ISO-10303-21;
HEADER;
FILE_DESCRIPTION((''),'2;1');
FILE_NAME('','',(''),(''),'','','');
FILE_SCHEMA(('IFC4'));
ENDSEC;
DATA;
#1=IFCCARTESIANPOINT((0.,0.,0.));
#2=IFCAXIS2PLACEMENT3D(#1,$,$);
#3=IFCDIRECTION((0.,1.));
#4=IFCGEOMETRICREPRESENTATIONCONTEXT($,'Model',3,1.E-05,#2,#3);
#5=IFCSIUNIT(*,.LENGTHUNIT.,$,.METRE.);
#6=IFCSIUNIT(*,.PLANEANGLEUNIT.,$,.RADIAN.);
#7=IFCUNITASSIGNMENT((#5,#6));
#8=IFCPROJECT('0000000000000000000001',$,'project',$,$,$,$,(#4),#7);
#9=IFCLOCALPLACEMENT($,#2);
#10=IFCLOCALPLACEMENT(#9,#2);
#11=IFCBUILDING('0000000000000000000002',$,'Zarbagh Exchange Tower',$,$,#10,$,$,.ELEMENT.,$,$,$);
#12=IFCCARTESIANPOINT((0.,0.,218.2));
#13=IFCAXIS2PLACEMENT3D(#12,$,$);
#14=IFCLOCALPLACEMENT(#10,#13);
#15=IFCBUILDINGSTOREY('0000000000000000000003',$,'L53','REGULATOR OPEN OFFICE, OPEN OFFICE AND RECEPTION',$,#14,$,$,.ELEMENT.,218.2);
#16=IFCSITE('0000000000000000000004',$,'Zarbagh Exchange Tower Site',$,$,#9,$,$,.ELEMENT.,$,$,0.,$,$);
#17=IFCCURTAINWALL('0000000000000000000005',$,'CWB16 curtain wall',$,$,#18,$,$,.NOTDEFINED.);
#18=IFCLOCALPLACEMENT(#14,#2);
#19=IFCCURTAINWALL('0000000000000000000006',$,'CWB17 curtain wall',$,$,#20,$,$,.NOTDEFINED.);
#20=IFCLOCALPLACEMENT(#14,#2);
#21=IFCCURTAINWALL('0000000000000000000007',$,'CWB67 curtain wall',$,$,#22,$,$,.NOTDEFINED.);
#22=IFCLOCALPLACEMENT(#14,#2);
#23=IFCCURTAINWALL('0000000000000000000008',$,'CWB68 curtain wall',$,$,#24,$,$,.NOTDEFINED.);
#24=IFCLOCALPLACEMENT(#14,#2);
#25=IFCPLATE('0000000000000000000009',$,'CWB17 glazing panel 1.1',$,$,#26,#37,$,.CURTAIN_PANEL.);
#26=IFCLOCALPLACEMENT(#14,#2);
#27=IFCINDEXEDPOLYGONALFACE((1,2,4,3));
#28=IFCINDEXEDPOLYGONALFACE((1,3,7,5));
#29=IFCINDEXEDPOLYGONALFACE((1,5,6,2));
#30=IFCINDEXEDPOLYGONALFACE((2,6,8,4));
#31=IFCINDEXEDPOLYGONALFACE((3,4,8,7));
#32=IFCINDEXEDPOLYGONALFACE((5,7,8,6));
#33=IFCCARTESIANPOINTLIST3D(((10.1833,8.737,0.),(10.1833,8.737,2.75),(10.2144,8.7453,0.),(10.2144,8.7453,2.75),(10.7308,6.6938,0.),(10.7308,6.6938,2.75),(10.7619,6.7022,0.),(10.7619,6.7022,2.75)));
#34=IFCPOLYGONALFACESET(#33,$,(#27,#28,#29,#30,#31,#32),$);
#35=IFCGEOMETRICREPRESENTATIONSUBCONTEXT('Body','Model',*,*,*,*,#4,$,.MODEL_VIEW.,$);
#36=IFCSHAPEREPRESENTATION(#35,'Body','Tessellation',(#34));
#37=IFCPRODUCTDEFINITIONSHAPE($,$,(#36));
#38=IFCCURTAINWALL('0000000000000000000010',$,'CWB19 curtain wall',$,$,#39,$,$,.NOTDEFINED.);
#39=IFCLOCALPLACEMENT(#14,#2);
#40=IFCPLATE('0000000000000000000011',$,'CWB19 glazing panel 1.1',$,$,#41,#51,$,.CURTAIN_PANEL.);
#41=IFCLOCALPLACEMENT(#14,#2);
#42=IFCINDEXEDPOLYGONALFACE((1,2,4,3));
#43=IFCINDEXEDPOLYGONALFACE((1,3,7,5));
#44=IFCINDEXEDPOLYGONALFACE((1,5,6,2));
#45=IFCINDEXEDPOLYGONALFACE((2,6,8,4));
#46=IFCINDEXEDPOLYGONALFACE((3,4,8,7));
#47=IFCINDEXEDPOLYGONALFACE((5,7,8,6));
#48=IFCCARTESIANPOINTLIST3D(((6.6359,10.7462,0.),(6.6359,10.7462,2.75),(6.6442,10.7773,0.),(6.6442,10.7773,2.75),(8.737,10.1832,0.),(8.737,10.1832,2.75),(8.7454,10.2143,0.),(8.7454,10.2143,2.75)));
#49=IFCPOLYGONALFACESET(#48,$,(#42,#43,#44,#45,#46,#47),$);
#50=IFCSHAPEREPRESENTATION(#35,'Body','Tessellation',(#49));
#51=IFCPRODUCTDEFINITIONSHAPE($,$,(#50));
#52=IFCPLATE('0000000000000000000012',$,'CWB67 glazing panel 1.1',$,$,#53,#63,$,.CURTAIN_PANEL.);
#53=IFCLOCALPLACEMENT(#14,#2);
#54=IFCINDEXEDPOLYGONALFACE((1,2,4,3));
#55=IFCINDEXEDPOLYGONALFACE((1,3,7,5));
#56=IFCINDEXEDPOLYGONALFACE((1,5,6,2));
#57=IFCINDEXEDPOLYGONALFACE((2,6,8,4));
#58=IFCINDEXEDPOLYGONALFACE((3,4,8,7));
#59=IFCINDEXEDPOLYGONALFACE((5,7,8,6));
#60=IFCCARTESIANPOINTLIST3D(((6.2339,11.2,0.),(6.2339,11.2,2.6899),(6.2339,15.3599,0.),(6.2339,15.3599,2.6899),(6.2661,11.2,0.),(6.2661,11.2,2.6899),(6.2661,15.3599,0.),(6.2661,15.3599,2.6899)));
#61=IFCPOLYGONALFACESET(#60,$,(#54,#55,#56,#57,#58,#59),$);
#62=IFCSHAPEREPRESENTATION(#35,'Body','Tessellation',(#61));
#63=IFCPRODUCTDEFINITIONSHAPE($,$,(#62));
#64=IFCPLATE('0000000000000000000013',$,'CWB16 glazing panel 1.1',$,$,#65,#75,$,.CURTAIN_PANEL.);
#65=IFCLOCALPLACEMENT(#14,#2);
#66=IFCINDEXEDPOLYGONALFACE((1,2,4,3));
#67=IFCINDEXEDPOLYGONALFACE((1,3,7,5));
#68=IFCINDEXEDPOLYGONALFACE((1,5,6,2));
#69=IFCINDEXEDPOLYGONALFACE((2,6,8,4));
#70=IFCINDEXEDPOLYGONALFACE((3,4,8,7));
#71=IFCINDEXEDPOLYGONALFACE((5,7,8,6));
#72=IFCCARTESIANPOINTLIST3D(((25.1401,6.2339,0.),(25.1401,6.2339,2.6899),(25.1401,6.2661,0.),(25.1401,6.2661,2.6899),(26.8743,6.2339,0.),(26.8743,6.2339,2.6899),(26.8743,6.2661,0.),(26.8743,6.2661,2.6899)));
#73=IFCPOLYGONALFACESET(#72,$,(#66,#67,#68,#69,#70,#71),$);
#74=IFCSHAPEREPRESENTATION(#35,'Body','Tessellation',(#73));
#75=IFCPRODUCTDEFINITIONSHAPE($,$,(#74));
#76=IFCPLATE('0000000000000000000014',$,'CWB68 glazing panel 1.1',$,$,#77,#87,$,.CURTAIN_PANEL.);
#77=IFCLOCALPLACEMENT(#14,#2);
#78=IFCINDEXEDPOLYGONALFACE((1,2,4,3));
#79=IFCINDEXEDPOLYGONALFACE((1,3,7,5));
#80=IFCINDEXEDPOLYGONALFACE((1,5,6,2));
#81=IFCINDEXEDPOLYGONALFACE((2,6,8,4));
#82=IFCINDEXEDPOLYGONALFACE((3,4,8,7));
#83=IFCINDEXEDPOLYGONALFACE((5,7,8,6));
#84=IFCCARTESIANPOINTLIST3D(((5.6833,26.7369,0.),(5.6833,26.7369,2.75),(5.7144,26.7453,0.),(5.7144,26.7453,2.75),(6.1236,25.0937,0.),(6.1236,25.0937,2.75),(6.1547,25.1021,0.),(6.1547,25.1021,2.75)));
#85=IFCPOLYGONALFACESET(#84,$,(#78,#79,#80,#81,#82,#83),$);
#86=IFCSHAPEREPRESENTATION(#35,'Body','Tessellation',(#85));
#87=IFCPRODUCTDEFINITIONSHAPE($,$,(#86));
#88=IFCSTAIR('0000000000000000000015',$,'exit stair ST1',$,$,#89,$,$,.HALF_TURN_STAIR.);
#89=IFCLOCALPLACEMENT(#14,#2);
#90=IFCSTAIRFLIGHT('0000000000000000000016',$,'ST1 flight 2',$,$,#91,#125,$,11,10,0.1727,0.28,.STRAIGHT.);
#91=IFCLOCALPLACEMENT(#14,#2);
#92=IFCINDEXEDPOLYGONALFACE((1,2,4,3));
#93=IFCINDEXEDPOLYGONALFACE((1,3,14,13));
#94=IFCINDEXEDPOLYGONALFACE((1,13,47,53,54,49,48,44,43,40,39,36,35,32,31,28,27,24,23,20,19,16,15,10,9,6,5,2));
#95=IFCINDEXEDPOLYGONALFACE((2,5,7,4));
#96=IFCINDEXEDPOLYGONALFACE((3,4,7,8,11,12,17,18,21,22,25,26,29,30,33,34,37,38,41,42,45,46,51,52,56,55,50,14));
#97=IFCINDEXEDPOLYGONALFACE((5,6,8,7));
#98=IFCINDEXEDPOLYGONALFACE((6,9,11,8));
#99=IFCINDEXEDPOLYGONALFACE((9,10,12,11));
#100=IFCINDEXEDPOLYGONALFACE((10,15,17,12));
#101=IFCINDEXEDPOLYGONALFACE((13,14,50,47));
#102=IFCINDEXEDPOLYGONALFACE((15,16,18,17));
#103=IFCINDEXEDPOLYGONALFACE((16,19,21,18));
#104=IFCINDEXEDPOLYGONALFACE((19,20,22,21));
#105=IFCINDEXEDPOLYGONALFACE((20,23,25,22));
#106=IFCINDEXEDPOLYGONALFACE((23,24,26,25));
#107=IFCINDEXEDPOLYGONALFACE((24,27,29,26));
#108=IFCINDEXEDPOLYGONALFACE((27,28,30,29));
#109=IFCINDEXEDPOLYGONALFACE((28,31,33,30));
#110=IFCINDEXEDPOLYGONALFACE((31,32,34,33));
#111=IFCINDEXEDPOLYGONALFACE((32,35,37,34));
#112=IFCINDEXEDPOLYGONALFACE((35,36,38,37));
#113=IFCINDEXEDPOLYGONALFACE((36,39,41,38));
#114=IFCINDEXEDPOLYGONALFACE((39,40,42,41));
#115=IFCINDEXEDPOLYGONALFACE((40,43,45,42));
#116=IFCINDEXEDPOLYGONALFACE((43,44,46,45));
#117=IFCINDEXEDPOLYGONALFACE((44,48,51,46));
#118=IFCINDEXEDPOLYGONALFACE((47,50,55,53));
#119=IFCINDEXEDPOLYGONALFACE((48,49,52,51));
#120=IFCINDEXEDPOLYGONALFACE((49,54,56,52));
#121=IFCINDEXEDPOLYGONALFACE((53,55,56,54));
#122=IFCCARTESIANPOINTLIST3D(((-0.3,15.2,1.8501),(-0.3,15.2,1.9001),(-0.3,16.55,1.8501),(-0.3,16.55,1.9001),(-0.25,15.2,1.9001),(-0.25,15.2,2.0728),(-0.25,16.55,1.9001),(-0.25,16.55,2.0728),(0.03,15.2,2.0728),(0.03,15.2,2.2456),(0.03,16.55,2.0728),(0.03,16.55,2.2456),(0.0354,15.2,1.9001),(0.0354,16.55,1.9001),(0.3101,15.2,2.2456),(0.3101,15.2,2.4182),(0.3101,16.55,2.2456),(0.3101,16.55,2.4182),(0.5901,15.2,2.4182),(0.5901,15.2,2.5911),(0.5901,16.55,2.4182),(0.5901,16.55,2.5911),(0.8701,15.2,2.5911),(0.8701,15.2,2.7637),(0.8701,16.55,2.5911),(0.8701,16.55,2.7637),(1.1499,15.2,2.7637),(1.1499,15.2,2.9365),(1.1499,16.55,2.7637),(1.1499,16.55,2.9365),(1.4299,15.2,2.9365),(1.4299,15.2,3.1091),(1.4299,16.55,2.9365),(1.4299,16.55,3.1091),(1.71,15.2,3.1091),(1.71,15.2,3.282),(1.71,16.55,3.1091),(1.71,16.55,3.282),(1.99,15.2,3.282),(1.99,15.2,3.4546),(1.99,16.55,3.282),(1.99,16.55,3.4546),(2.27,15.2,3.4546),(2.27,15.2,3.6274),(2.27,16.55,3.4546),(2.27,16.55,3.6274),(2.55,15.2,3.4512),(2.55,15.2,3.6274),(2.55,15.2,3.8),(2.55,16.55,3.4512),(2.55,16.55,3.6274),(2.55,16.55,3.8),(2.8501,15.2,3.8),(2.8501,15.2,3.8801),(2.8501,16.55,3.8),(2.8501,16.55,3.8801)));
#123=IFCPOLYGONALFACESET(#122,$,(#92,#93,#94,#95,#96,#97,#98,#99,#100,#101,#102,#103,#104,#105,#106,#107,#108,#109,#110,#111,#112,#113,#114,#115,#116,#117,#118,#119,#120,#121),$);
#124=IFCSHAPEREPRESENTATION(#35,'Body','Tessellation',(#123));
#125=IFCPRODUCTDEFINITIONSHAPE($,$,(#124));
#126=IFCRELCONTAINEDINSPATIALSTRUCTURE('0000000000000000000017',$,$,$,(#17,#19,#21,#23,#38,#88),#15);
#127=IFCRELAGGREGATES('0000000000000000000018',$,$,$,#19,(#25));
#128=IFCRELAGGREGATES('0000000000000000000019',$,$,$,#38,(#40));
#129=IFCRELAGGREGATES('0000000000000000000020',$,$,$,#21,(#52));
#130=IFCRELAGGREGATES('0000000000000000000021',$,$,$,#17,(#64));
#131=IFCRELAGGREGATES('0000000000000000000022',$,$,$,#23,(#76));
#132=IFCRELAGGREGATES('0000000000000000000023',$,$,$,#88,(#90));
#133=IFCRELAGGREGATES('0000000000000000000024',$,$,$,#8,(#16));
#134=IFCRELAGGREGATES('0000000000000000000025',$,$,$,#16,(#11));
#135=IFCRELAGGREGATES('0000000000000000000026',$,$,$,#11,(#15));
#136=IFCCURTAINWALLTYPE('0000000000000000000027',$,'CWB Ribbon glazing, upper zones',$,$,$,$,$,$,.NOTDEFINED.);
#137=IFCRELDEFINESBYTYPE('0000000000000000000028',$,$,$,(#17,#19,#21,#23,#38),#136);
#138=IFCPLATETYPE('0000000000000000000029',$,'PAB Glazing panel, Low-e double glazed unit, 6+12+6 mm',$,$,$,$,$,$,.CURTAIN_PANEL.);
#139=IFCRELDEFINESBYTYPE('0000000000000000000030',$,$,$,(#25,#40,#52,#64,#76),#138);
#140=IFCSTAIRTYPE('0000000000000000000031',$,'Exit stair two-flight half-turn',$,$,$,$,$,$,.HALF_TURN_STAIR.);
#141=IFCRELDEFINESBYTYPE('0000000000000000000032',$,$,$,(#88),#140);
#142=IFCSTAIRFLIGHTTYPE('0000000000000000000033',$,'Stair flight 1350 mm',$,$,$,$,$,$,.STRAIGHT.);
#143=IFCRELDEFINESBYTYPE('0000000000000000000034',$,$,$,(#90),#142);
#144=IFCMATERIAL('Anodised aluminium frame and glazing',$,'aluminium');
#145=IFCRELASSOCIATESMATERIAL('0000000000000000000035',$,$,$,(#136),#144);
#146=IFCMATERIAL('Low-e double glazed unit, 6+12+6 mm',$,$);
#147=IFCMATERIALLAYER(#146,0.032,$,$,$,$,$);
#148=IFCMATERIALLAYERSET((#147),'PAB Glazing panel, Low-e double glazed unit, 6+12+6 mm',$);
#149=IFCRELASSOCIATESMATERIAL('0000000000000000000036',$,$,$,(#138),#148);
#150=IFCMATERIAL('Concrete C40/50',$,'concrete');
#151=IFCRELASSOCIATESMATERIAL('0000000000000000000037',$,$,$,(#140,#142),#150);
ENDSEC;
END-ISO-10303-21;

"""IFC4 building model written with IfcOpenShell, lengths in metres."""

from ifc_helpers import new_model, si_unit, direction, frame, origin, place, context, subcontext, project, spatial, polyline, outline, extrude, source, transform, mapped, material, layer, layer_set, type_object, element, aggregate, save


model = new_model("IFC4")

# Units and contexts
model_context = context("Model", 3, precision=1e-05, world=origin(), true_north=direction((0.0, 1.0)))
body_context = subcontext(model_context, "Body", "Model", "MODEL_VIEW")
ifc_project = project(units=[si_unit("LENGTHUNIT", "METRE"), si_unit("PLANEANGLEUNIT", "RADIAN")], contexts=[model_context])

# Site, building, storey
site_placement = place(None, origin())
site = spatial("IfcSite", under=ifc_project, at=site_placement, Name="Zarbagh Exchange Tower Site", CompositionType="ELEMENT", RefElevation=0.0)
building_placement = place(site_placement, origin())
building = spatial("IfcBuilding", under=site, at=building_placement, Name="Zarbagh Exchange Tower", CompositionType="ELEMENT")
storey_placement = place(building_placement, frame((0.0, 0.0, 218.2)))
storey = spatial("IfcBuildingStorey", under=building, at=storey_placement, Name="L53", Description="REGULATOR OPEN OFFICE, OPEN OFFICE AND RECEPTION", CompositionType="ELEMENT", Elevation=218.2)

# Curtain wall
ifc_material_1 = material(Name="Anodised aluminium frame and glazing", Category="aluminium")
curtain_wall_type = type_object("IfcCurtainWallType", Name="CWB Ribbon glazing, upper zones", PredefinedType="NOTDEFINED", material=ifc_material_1)
curtain_wall_1_placement = place(storey_placement, origin())
curtain_wall_1 = element("IfcCurtainWall", 1, at=curtain_wall_1_placement, inside=storey, type_object=curtain_wall_type, Name="CWB16 curtain wall", PredefinedType="NOTDEFINED")
placement = place(storey_placement, origin())

# Curtain wall
curtain_wall_2_placement = place(storey_placement, origin())
curtain_wall_2 = element("IfcCurtainWall", 2, at=curtain_wall_2_placement, inside=storey, type_object=curtain_wall_type, Name="CWB17 curtain wall", PredefinedType="NOTDEFINED")

# Curtain wall
curtain_wall_3_placement = place(storey_placement, origin())
curtain_wall_3 = element("IfcCurtainWall", 3, at=curtain_wall_3_placement, inside=storey, type_object=curtain_wall_type, Name="CWB67 curtain wall", PredefinedType="NOTDEFINED")

# Curtain wall
curtain_wall_4_placement = place(storey_placement, origin())
curtain_wall_4 = element("IfcCurtainWall", 4, at=curtain_wall_4_placement, inside=storey, type_object=curtain_wall_type, Name="CWB68 curtain wall", PredefinedType="NOTDEFINED")

# Shared definitions
ifc_material_2 = material(Name="Low-e double glazed unit, 6+12+6 mm")
ifc_layer = layer(ifc_material_2, 0.032)
ifc_layer_set = layer_set([ifc_layer], Name="PAB Glazing panel, Low-e double glazed unit, 6+12+6 mm")
plate_type = type_object("IfcPlateType", Name="PAB Glazing panel, Low-e double glazed unit, 6+12+6 mm", PredefinedType="CURTAIN_PANEL", material=ifc_layer_set)

# Plate
shared_shape_1 = source(origin(), body_context, "Body", "SweptSolid", [
    extrude(outline(polyline([(0.0, -0.0161), (2.1152, -0.0161), (2.1152, 0.0161), (0.0, 0.0161), (0.0, -0.0161)])), origin(), (0.0, 0.0, 1.0), 2.75),
])
plate_1 = element("IfcPlate", 5, at=placement, type_object=plate_type, Name="CWB17 glazing panel 1.1", PredefinedType="CURTAIN_PANEL", context=body_context, shape_type="MappedRepresentation", body=[
    mapped(shared_shape_1, transform((10.7463, 6.698, 0.0), x_axis=(-0.258825, 0.965924, 0.0), y_axis=(-0.965924, -0.258825, 0.0), z_axis=(0.0, 0.0, 1.0))),
])
aggregate(curtain_wall_2, [plate_1])

# Curtain wall, plate
curtain_wall_5_placement = place(storey_placement, origin())
curtain_wall_5 = element("IfcCurtainWall", 6, at=curtain_wall_5_placement, inside=storey, type_object=curtain_wall_type, Name="CWB19 curtain wall", PredefinedType="NOTDEFINED")
shared_shape_2 = source(origin(), body_context, "Body", "SweptSolid", [
    extrude(outline(polyline([(0.0, -0.0161), (2.1753, -0.0161), (2.1753, 0.0161), (0.0, 0.0161), (0.0, -0.0161)])), origin(), (0.0, 0.0, 1.0), 2.75),
])
plate_2 = element("IfcPlate", 7, at=placement, type_object=plate_type, Name="CWB19 glazing panel 1.1", PredefinedType="CURTAIN_PANEL", context=body_context, shape_type="MappedRepresentation", body=[
    mapped(shared_shape_2, transform((8.7412, 10.1987, 0.0), x_axis=(-0.965924, 0.258825, 0.0), y_axis=(-0.258825, -0.965924, 0.0), z_axis=(0.0, 0.0, 1.0))),
])
aggregate(curtain_wall_5, [plate_2])

# Plates
shared_shape_3 = source(origin(), body_context, "Body", "SweptSolid", [
    extrude(outline(polyline([(0.0, -0.0161), (4.1599, -0.0161), (4.1599, 0.0161), (0.0, 0.0161), (0.0, -0.0161)])), origin(), (0.0, 0.0, 1.0), 2.6899),
])
plate_3 = element("IfcPlate", 8, at=placement, type_object=plate_type, Name="CWB67 glazing panel 1.1", PredefinedType="CURTAIN_PANEL", context=body_context, shape_type="MappedRepresentation", body=[
    mapped(shared_shape_3, transform((6.25, 11.2, 0.0), x_axis=(0.0, 1.0, 0.0), y_axis=(-1.0, 0.0, 0.0), z_axis=(0.0, 0.0, 1.0))),
])
aggregate(curtain_wall_3, [plate_3])
shared_shape_4 = source(origin(), body_context, "Body", "SweptSolid", [
    extrude(outline(polyline([(0.0, -0.0161), (1.7341, -0.0161), (1.7341, 0.0161), (0.0, 0.0161), (0.0, -0.0161)])), origin(), (0.0, 0.0, 1.0), 2.6899),
])
plate_4 = element("IfcPlate", 9, at=placement, type_object=plate_type, Name="CWB16 glazing panel 1.1", PredefinedType="CURTAIN_PANEL", context=body_context, shape_type="MappedRepresentation", body=[
    mapped(shared_shape_4, transform((26.8743, 6.25, 0.0), x_axis=(-1.0, 0.0, 0.0), y_axis=(0.0, -1.0, 0.0), z_axis=(0.0, 0.0, 1.0))),
])
aggregate(curtain_wall_1, [plate_4])
shared_shape_5 = source(origin(), body_context, "Body", "SweptSolid", [
    extrude(outline(polyline([(0.0, -0.0161), (1.7012, -0.0161), (1.7012, 0.0161), (0.0, 0.0161), (0.0, -0.0161)])), origin(), (0.0, 0.0, 1.0), 2.75),
])
plate_5 = element("IfcPlate", 10, at=placement, type_object=plate_type, Name="CWB68 glazing panel 1.1", PredefinedType="CURTAIN_PANEL", context=body_context, shape_type="MappedRepresentation", body=[
    mapped(shared_shape_5, transform((6.1392, 25.0979, 0.0), x_axis=(-0.258825, 0.965924, 0.0), y_axis=(-0.965924, -0.258825, 0.0), z_axis=(0.0, 0.0, 1.0))),
])
aggregate(curtain_wall_4, [plate_5])

# Stair, stair flight
ifc_material_3 = material(Name="Concrete C40/50", Category="concrete")
stair_type = type_object("IfcStairType", Name="Exit stair two-flight half-turn", PredefinedType="HALF_TURN_STAIR", material=ifc_material_3)
stair_placement = place(storey_placement, origin())
stair = element("IfcStair", 11, at=stair_placement, inside=storey, type_object=stair_type, Name="exit stair ST1", PredefinedType="HALF_TURN_STAIR")
stair_flight_type = type_object("IfcStairFlightType", Name="Stair flight 1350 mm", PredefinedType="STRAIGHT", material=ifc_material_3)
stair_flight_placement = place(storey_placement, frame((-0.25, 15.875, 1.9001), z_axis=(0.0, 0.0, 1.0), x_axis=(1.0, 0.0, 0.0)))
stair_flight = element("IfcStairFlight", 12, at=stair_flight_placement, type_object=stair_flight_type, Name="ST1 flight 2", NumberOfRisers=11, NumberOfTreads=10, PredefinedType="STRAIGHT", RiserHeight=0.1727, TreadLength=0.28, context=body_context, shape_type="SweptSolid", body=[
    extrude(outline(polyline([(-0.05, -0.05), (-0.05, 0.0), (0.0, 0.0), (0.0, 0.1726), (0.28, 0.1726), (0.28, 0.3455), (0.5601, 0.3455), (0.5601, 0.5181), (0.8401, 0.5181), (0.8401, 0.6909), (1.1201, 0.6909), (1.1201, 0.8635), (1.3999, 0.8635), (1.3999, 1.0364), (1.6799, 1.0364), (1.6799, 1.209), (1.96, 1.209), (1.96, 1.3818), (2.24, 1.3818), (2.24, 1.5544), (2.52, 1.5544), (2.52, 1.7273), (2.8, 1.7273), (2.8, 1.8999), (3.1001, 1.98), (3.1001, 1.8999), (2.8, 1.551), (0.2854, 0.0), (-0.05, -0.05)])), frame((0.0, 0.675, 0.0), z_axis=(0.0, -1.0, 0.0), x_axis=(1.0, 0.0, 0.0)), (0.0, 0.0, 1.0), 1.3501),
])
aggregate(stair, [stair_flight])

save(model, "model.ifc")
